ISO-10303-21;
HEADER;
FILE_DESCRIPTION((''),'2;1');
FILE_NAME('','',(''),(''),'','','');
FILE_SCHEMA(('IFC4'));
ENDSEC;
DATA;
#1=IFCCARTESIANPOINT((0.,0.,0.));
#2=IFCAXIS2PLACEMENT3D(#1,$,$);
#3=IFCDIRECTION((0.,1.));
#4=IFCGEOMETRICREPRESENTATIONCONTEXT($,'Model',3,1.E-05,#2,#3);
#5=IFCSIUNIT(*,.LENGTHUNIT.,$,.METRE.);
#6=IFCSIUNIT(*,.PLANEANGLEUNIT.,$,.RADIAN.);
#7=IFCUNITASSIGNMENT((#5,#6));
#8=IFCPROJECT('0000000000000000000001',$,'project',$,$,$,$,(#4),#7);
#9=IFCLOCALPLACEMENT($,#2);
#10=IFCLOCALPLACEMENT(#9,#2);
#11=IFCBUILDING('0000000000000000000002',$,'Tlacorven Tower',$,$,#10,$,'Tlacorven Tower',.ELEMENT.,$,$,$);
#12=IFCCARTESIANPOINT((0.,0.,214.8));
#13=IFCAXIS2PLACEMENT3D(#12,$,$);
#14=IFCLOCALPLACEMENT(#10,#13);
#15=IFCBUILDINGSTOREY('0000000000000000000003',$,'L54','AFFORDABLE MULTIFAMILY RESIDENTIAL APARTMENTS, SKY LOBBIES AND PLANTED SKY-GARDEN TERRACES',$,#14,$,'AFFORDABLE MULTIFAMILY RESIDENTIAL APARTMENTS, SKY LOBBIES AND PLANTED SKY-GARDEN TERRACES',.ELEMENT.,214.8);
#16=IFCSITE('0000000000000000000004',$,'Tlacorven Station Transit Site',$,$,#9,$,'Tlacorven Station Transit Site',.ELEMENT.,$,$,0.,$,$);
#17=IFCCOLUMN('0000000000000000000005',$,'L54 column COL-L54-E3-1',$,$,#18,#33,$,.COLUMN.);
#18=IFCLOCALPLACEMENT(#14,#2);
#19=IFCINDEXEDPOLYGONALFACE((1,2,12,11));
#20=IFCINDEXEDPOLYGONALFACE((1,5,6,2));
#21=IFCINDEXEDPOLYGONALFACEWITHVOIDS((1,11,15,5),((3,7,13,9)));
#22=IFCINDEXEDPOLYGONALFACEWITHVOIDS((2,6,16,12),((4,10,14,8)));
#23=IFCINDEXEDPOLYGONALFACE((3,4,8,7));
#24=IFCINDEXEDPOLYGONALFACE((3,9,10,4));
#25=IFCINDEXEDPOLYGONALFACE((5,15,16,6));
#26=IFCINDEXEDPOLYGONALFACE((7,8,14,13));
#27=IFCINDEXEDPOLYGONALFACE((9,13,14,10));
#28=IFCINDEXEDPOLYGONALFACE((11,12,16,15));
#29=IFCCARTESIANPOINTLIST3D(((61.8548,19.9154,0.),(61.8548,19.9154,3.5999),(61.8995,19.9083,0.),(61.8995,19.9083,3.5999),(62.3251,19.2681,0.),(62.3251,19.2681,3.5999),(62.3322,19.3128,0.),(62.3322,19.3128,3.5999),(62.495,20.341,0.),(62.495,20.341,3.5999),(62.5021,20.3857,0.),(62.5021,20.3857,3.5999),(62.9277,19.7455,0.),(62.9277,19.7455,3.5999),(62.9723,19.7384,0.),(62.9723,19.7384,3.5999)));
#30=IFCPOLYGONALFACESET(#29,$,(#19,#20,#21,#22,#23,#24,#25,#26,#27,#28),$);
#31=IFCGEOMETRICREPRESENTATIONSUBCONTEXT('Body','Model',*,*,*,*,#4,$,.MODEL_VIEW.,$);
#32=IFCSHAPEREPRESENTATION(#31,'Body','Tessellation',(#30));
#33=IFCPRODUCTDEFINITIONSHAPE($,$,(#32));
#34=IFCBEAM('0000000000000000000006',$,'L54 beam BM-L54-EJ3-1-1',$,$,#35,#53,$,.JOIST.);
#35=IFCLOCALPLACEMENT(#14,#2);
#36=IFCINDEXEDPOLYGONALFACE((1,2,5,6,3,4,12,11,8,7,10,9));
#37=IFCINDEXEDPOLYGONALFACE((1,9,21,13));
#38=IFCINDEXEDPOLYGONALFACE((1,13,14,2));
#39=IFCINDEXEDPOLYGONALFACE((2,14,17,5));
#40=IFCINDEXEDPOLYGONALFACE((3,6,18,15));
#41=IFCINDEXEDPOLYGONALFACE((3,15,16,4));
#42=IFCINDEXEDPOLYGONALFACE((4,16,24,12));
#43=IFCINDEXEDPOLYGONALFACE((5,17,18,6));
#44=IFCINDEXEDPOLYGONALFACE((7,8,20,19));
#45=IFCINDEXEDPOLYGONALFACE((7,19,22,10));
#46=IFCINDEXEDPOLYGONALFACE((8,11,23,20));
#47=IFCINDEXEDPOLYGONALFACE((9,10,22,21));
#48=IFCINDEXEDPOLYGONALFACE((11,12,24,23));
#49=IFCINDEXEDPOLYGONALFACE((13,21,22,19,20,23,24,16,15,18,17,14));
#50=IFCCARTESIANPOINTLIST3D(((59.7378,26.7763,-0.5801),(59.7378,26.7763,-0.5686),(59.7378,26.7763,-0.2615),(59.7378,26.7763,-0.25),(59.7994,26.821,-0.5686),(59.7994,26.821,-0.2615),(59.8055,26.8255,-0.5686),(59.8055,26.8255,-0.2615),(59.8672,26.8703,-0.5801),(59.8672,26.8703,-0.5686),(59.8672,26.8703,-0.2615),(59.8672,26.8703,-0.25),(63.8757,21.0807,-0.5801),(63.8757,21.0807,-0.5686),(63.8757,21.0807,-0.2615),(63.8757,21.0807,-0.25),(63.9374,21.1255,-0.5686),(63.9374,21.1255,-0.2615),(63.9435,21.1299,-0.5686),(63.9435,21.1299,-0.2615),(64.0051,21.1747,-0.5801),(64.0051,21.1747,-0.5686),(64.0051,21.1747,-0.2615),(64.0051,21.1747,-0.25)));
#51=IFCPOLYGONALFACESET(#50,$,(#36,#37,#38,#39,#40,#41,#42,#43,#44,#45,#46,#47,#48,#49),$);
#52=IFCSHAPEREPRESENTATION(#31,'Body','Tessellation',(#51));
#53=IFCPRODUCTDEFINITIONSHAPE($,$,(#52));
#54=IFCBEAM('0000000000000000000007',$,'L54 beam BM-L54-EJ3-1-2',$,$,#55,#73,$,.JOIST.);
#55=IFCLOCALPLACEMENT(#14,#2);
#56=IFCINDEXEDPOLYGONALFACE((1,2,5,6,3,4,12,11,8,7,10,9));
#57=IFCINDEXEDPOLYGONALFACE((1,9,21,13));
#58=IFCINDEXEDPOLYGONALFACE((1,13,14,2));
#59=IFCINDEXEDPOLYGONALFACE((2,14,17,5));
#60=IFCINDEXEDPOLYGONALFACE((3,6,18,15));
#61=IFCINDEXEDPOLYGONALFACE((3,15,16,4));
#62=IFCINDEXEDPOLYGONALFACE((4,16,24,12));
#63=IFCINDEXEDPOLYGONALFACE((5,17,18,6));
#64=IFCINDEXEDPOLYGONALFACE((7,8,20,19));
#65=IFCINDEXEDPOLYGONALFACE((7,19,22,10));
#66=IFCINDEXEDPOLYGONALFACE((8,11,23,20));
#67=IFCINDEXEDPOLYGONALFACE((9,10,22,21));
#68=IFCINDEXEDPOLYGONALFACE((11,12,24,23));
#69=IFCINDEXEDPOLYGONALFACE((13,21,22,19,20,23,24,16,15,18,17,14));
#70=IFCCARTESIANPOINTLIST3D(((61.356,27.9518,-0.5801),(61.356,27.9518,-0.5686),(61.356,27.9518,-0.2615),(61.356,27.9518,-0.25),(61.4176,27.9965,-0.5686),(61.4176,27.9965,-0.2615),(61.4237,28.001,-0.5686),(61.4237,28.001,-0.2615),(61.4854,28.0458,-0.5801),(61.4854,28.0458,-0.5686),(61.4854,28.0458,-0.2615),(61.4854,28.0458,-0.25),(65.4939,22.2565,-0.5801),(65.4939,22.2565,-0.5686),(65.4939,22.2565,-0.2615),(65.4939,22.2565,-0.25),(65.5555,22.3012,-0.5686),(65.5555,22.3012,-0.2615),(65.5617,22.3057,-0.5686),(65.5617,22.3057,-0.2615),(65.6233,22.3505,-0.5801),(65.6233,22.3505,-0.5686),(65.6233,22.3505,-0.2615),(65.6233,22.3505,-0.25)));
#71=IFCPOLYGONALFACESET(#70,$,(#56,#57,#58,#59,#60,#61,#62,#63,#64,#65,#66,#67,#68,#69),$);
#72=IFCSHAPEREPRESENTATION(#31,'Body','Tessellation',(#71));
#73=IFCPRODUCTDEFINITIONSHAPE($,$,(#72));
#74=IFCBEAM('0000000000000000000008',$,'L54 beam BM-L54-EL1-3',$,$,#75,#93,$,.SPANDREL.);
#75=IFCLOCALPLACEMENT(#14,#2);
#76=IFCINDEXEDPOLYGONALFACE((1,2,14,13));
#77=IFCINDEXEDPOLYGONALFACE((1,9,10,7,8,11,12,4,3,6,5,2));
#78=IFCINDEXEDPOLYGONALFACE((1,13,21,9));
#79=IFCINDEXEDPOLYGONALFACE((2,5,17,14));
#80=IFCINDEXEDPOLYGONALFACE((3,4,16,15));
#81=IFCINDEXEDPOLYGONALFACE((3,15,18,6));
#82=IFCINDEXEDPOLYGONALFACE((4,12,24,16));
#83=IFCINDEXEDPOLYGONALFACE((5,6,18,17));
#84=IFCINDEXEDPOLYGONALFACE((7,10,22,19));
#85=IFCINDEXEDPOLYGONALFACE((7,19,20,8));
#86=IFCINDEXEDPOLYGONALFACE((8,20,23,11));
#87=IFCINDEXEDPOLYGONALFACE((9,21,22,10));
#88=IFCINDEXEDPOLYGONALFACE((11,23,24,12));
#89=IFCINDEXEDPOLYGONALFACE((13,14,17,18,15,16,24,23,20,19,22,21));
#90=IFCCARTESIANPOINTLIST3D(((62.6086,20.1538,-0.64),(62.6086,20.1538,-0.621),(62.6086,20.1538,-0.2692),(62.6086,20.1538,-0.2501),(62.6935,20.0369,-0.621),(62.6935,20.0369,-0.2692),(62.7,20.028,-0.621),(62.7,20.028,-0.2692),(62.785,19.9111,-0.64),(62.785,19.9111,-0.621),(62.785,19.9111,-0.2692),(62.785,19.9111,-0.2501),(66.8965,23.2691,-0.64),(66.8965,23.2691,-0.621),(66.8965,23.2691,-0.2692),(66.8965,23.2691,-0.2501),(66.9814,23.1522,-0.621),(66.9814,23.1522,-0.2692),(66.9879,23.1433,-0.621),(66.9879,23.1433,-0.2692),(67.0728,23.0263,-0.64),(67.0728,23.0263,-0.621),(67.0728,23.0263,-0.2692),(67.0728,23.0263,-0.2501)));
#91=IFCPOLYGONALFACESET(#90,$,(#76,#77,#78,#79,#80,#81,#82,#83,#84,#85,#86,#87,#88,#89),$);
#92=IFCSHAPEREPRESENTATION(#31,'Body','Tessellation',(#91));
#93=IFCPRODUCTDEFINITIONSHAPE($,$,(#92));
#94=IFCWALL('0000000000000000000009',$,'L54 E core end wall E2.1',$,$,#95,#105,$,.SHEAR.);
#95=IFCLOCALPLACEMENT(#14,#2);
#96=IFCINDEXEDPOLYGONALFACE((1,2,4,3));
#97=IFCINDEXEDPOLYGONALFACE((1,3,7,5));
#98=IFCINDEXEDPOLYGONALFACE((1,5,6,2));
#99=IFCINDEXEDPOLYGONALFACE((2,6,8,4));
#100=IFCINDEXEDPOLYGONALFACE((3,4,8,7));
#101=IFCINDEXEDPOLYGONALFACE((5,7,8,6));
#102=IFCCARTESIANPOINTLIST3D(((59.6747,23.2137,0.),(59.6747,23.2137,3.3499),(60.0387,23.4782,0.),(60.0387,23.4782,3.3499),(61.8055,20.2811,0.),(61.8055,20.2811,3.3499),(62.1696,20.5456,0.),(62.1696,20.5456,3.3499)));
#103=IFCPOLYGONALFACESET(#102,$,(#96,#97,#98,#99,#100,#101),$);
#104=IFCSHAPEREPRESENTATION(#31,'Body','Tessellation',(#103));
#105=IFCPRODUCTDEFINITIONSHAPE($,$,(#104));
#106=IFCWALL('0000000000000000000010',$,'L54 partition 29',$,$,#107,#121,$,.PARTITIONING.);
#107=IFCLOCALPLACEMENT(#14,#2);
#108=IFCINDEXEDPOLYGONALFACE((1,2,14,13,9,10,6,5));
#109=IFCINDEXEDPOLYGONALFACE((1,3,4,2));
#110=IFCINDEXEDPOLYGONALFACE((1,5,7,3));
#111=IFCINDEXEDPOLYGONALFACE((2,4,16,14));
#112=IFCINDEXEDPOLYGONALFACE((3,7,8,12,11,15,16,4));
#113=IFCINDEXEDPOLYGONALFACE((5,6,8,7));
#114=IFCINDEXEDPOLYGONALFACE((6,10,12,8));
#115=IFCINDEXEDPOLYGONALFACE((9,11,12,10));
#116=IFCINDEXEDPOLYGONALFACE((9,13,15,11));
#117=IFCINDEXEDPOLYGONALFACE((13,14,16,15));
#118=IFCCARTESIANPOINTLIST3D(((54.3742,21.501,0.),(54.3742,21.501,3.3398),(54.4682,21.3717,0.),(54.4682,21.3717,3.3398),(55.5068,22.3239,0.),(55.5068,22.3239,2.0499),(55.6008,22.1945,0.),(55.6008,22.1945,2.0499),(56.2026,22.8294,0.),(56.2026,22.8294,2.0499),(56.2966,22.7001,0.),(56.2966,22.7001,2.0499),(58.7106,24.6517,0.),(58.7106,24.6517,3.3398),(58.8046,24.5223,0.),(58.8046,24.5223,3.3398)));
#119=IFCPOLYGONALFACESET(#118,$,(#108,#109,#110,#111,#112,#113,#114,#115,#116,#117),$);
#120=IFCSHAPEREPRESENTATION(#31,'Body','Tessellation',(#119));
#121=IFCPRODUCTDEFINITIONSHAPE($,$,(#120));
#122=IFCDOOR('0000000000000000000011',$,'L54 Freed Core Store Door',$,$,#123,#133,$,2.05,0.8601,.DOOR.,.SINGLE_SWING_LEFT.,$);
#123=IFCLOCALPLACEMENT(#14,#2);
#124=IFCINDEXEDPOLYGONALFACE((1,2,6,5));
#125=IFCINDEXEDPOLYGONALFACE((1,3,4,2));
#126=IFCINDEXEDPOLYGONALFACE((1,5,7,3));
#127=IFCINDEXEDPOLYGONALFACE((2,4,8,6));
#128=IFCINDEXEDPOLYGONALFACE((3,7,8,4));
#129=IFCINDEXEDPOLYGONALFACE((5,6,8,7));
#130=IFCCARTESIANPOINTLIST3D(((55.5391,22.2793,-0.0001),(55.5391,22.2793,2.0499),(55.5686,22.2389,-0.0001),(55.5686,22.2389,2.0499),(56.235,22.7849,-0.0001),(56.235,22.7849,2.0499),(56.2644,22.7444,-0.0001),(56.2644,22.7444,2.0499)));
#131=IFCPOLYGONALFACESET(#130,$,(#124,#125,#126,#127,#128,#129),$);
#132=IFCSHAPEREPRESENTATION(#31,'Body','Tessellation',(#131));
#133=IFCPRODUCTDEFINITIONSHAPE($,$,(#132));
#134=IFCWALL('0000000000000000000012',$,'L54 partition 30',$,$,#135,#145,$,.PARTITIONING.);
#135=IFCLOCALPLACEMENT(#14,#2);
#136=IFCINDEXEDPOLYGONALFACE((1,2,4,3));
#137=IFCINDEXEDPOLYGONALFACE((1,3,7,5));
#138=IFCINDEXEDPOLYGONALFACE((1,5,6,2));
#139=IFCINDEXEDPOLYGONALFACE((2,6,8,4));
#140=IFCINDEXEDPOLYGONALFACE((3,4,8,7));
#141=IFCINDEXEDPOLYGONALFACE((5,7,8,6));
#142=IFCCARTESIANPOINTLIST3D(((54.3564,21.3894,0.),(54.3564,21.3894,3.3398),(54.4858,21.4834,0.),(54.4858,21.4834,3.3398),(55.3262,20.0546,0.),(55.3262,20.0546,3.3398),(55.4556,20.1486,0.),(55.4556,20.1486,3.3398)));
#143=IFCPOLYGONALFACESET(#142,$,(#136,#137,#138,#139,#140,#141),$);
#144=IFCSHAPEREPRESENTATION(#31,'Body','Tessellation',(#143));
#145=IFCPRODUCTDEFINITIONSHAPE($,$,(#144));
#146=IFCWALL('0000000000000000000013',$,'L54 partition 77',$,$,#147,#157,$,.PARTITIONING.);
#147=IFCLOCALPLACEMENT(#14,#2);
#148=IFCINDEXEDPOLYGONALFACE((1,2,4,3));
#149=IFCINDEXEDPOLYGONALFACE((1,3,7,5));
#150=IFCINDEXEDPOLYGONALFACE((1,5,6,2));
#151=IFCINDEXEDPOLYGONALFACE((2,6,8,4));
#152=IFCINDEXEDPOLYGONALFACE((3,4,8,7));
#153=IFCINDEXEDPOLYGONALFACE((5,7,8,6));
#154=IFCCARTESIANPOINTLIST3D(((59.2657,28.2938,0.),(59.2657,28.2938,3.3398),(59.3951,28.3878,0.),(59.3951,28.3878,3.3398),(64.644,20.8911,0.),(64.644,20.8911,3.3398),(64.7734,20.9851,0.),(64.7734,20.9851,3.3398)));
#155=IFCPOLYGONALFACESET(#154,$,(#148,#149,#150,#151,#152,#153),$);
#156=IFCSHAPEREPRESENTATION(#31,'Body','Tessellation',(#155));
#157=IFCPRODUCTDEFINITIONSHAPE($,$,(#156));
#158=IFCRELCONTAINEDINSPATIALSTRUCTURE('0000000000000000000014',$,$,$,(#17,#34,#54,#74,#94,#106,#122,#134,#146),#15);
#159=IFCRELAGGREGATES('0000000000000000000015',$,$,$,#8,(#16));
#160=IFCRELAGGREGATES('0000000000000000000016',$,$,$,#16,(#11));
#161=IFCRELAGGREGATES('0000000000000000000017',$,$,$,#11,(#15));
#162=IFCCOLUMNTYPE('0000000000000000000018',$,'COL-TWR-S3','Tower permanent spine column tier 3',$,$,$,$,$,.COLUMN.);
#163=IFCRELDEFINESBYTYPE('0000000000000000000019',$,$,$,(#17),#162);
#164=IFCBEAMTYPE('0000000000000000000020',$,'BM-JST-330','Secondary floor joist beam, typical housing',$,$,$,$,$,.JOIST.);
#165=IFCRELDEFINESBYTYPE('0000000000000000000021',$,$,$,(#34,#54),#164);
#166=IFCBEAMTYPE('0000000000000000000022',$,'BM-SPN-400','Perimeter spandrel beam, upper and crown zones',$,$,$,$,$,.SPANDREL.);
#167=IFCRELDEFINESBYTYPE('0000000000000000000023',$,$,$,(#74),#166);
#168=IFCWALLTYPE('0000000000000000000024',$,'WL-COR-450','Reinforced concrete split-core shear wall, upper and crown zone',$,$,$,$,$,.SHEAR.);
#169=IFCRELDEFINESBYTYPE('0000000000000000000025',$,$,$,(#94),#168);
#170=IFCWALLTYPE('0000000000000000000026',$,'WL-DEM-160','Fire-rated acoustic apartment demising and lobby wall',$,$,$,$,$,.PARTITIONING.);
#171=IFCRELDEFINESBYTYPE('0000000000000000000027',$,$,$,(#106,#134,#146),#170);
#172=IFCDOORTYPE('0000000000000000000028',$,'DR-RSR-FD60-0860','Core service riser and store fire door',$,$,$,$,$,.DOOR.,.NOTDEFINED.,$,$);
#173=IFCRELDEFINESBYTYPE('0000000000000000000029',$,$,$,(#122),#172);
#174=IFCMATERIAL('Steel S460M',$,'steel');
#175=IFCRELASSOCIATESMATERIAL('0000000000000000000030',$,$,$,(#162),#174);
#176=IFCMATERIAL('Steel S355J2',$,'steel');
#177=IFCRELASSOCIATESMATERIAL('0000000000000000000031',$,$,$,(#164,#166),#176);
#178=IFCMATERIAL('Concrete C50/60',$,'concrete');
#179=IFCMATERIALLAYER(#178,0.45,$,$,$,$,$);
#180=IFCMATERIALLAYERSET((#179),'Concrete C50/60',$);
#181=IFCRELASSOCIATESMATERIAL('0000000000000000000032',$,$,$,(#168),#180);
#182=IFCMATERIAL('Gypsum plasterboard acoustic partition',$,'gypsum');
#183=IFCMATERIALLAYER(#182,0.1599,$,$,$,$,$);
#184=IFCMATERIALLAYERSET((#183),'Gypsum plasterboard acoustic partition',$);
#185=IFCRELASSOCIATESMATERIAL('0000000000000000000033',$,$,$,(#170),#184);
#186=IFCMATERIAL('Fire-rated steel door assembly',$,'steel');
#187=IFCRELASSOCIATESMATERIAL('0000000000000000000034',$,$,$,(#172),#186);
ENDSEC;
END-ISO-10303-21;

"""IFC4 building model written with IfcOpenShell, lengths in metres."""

from ifc_helpers import new_model, si_unit, direction, frame, frame_2d, origin, origin_2d, place, context, subcontext, project, spatial, rectangle, hollow_rectangle, i_section, extrude, source, transform, mapped, material, layer, layer_set, material_profile, profile_set, type_object, element, fill, save


model = new_model("IFC4")

# Units and contexts
model_context = context("Model", 3, precision=1e-05, world=origin(), true_north=direction((0.0, 1.0)))
body_context = subcontext(model_context, "Body", "Model", "MODEL_VIEW")
ifc_project = project(units=[si_unit("LENGTHUNIT", "METRE"), si_unit("PLANEANGLEUNIT", "RADIAN")], contexts=[model_context])

# Site, building, storey
site_placement = place(None, origin())
site = spatial("IfcSite", under=ifc_project, at=site_placement, Name="Tlacorven Station Transit Site", LongName="Tlacorven Station Transit Site", CompositionType="ELEMENT", RefElevation=0.0)
building_placement = place(site_placement, origin())
building = spatial("IfcBuilding", under=site, at=building_placement, Name="Tlacorven Tower", LongName="Tlacorven Tower", CompositionType="ELEMENT")
storey_placement = place(building_placement, frame((0.0, 0.0, 214.8)))
storey = spatial("IfcBuildingStorey", under=building, at=storey_placement, Name="L54", Description="AFFORDABLE MULTIFAMILY RESIDENTIAL APARTMENTS, SKY LOBBIES AND PLANTED SKY-GARDEN TERRACES", LongName="AFFORDABLE MULTIFAMILY RESIDENTIAL APARTMENTS, SKY LOBBIES AND PLANTED SKY-GARDEN TERRACES", CompositionType="ELEMENT", Elevation=214.8)

# Column
ifc_material_1 = material(Name="Steel S460M", Category="steel")
ifc_material_profile_1 = material_profile(ifc_material_1, hollow_rectangle(XDim=0.8, YDim=0.8, WallThickness=0.032, at=origin_2d()), Name="BOX 800X800X32")
ifc_profile_set_1 = profile_set([ifc_material_profile_1], Name="Steel S460M")
column_type = type_object("IfcColumnType", Name="COL-TWR-S3", Description="Tower permanent spine column tier 3", PredefinedType="COLUMN", material=ifc_profile_set_1)
shared_shape_1 = source(origin(), body_context, "Body", "SweptSolid", [
    extrude(hollow_rectangle(XDim=0.8, YDim=0.8, WallThickness=0.032, at=origin_2d()), origin(), (0.0, 0.0, 1.0), 3.5999),
])
column_placement = place(storey_placement, frame((62.4136, 19.8269, 0.0), z_axis=(0.0, 0.0, 1.0), x_axis=(0.809017, 0.587785, 0.0)))
element("IfcColumn", 1, at=column_placement, inside=storey, type_object=column_type, Name="L54 column COL-L54-E3-1", PredefinedType="COLUMN", context=body_context, shape_type="MappedRepresentation", body=[
    mapped(shared_shape_1, transform((0.0, 0.0, 0.0), scale=1.0)),
])

# Beams
ifc_material_2 = material(Name="Steel S355J2", Category="steel")
ifc_material_profile_2 = material_profile(ifc_material_2, i_section(OverallWidth=0.1599, OverallDepth=0.3301, WebThickness=0.0076, FlangeThickness=0.0115, at=origin_2d()), Name="IPE 330")
ifc_profile_set_2 = profile_set([ifc_material_profile_2], Name="Steel S355J2")
beam_type_1 = type_object("IfcBeamType", Name="BM-JST-330", Description="Secondary floor joist beam, typical housing", PredefinedType="JOIST", material=ifc_profile_set_2)
shared_shape_2 = source(origin(), body_context, "Body", "SweptSolid", [
    extrude(i_section(OverallWidth=0.1599, OverallDepth=0.3301, WebThickness=0.0076, FlangeThickness=0.0115, at=origin_2d()), origin(), (0.0, 0.0, 1.0), 7.04),
])
beam_1_placement = place(storey_placement, frame((63.9404, 21.1277, -0.415), z_axis=(-0.587774, 0.809025, 0.0), x_axis=(-0.809025, -0.587774, 0.0)))
element("IfcBeam", 2, at=beam_1_placement, inside=storey, type_object=beam_type_1, Name="L54 beam BM-L54-EJ3-1-1", PredefinedType="JOIST", context=body_context, shape_type="MappedRepresentation", body=[
    mapped(shared_shape_2, transform((0.0, 0.0, 0.0), scale=1.0)),
])
shared_shape_3 = source(origin(), body_context, "Body", "SweptSolid", [
    extrude(i_section(OverallWidth=0.1599, OverallDepth=0.3301, WebThickness=0.0076, FlangeThickness=0.0115, at=origin_2d()), origin(), (0.0, 0.0, 1.0), 7.0398),
])
beam_2_placement = place(storey_placement, frame((65.5586, 22.3035, -0.415), z_axis=(-0.58779, 0.809013, 0.0), x_axis=(-0.809013, -0.58779, 0.0)))
element("IfcBeam", 3, at=beam_2_placement, inside=storey, type_object=beam_type_1, Name="L54 beam BM-L54-EJ3-1-2", PredefinedType="JOIST", context=body_context, shape_type="MappedRepresentation", body=[
    mapped(shared_shape_3, transform((0.0, 0.0, 0.0), scale=1.0)),
])
ifc_material_profile_3 = material_profile(ifc_material_2, i_section(OverallWidth=0.3, OverallDepth=0.3899, WebThickness=0.011, FlangeThickness=0.019, at=origin_2d()), Name="HEA 400")
ifc_profile_set_3 = profile_set([ifc_material_profile_3], Name="Steel S355J2")
beam_type_2 = type_object("IfcBeamType", Name="BM-SPN-400", Description="Perimeter spandrel beam, upper and crown zones", PredefinedType="SPANDREL", material=ifc_profile_set_3)
shared_shape_4 = source(origin(), body_context, "Body", "SweptSolid", [
    extrude(i_section(OverallWidth=0.3, OverallDepth=0.3899, WebThickness=0.011, FlangeThickness=0.019, at=origin_2d()), origin(), (0.0, 0.0, 1.0), 5.3),
])
beam_3_placement = place(storey_placement, frame((62.6968, 20.0325, -0.4451), z_axis=(0.809023, 0.587777, 0.0), x_axis=(-0.587777, 0.809023, 0.0)))
element("IfcBeam", 4, at=beam_3_placement, inside=storey, type_object=beam_type_2, Name="L54 beam BM-L54-EL1-3", PredefinedType="SPANDREL", context=body_context, shape_type="MappedRepresentation", body=[
    mapped(shared_shape_4, transform((0.0, 0.0, 0.0), scale=1.0)),
])

# Wall
ifc_material_3 = material(Name="Concrete C50/60", Category="concrete")
ifc_layer_1 = layer(ifc_material_3, 0.45)
ifc_layer_set_1 = layer_set([ifc_layer_1], Name="Concrete C50/60")
wall_type_1 = type_object("IfcWallType", Name="WL-COR-450", Description="Reinforced concrete split-core shear wall, upper and crown zone", PredefinedType="SHEAR", material=ifc_layer_set_1)
wall_1_placement = place(storey_placement, frame((61.9875, 20.4133, 0.0), z_axis=(0.0, 0.0, 1.0), x_axis=(-0.587819, 0.808992, 0.0)))
element("IfcWall", 5, at=wall_1_placement, inside=storey, type_object=wall_type_1, Name="L54 E core end wall E2.1", PredefinedType="SHEAR", context=body_context, shape_type="SweptSolid", body=[
    extrude(rectangle(XDim=3.625, YDim=0.45, at=frame_2d((1.8125, 0.0))), origin(), (0.0, 0.0, 1.0), 3.3499),
])

# Wall, opening, door
ifc_material_4 = material(Name="Gypsum plasterboard acoustic partition", Category="gypsum")
ifc_layer_2 = layer(ifc_material_4, 0.1599)
ifc_layer_set_2 = layer_set([ifc_layer_2], Name="Gypsum plasterboard acoustic partition")
wall_type_2 = type_object("IfcWallType", Name="WL-DEM-160", Description="Fire-rated acoustic apartment demising and lobby wall", PredefinedType="PARTITIONING", material=ifc_layer_set_2)
wall_2_placement = place(storey_placement, frame((54.4211, 21.4363, 0.0), z_axis=(0.0, 0.0, 1.0), x_axis=(0.809014, 0.58779, 0.0)))
wall_2 = element("IfcWall", 6, at=wall_2_placement, inside=storey, type_object=wall_type_2, Name="L54 partition 29", PredefinedType="PARTITIONING", context=body_context, shape_type="SweptSolid", body=[
    extrude(rectangle(XDim=5.3601, YDim=0.1599, at=frame_2d((2.6802, 0.0))), origin(), (0.0, 0.0, 1.0), 3.3398),
])
opening_1_placement = place(wall_2_placement, frame((1.3999, 0.0, 0.0)))
opening_1 = element("IfcOpeningElement", 7, at=opening_1_placement, cuts=wall_2, PredefinedType="OPENING", context=body_context, shape_type="SweptSolid", body=[
    extrude(rectangle(XDim=0.8601, YDim=2.05, at=frame_2d((0.4302, 1.0249))), frame((0.0, 0.0898, 0.0), z_axis=(0.0, -1.0, 0.0), x_axis=(1.0, 0.0, 0.0)), (0.0, 0.0, 1.0), 0.1799),
])
ifc_material_5 = material(Name="Fire-rated steel door assembly", Category="steel")
door_type = type_object("IfcDoorType", Name="DR-RSR-FD60-0860", Description="Core service riser and store fire door", OperationType="NOTDEFINED", PredefinedType="DOOR", material=ifc_material_5)
shared_shape_5 = source(origin(), body_context, "Body", "SweptSolid", [
    extrude(rectangle(XDim=0.8601, YDim=2.05, at=frame_2d((0.4302, 1.0249))), frame((0.0, 0.0249, 0.0), z_axis=(0.0, -1.0, 0.0), x_axis=(1.0, 0.0, 0.0)), (0.0, 0.0, 1.0), 0.05),
])
door_1_placement = place(opening_1_placement, origin())
door_1 = element("IfcDoor", 8, at=door_1_placement, inside=storey, type_object=door_type, Name="L54 Freed Core Store Door", OperationType="SINGLE_SWING_LEFT", OverallHeight=2.05, OverallWidth=0.8601, PredefinedType="DOOR", context=body_context, shape_type="MappedRepresentation", body=[
    mapped(shared_shape_5, transform((0.0, 0.0, 0.0), scale=1.0)),
])
fill(opening_1, door_1)

# Walls
wall_3_placement = place(storey_placement, frame((55.3909, 20.1016, 0.0), z_axis=(0.0, 0.0, 1.0), x_axis=(-0.587784, 0.809018, 0.0)))
element("IfcWall", 9, at=wall_3_placement, inside=storey, type_object=wall_type_2, Name="L54 partition 30", PredefinedType="PARTITIONING", context=body_context, shape_type="SweptSolid", body=[
    extrude(rectangle(XDim=1.6499, YDim=0.1599, at=frame_2d((0.825, 0.0))), origin(), (0.0, 0.0, 1.0), 3.3398),
])
wall_4_placement = place(storey_placement, frame((64.7087, 20.938, 0.0), z_axis=(0.0, 0.0, 1.0), x_axis=(-0.587777, 0.809023, 0.0)))
element("IfcWall", 10, at=wall_4_placement, inside=storey, type_object=wall_type_2, Name="L54 partition 77", PredefinedType="PARTITIONING", context=body_context, shape_type="SweptSolid", body=[
    extrude(rectangle(XDim=9.1501, YDim=0.1599, at=frame_2d((4.5752, 0.0))), origin(), (0.0, 0.0, 1.0), 3.3398),
])

save(model, "model.ifc")
